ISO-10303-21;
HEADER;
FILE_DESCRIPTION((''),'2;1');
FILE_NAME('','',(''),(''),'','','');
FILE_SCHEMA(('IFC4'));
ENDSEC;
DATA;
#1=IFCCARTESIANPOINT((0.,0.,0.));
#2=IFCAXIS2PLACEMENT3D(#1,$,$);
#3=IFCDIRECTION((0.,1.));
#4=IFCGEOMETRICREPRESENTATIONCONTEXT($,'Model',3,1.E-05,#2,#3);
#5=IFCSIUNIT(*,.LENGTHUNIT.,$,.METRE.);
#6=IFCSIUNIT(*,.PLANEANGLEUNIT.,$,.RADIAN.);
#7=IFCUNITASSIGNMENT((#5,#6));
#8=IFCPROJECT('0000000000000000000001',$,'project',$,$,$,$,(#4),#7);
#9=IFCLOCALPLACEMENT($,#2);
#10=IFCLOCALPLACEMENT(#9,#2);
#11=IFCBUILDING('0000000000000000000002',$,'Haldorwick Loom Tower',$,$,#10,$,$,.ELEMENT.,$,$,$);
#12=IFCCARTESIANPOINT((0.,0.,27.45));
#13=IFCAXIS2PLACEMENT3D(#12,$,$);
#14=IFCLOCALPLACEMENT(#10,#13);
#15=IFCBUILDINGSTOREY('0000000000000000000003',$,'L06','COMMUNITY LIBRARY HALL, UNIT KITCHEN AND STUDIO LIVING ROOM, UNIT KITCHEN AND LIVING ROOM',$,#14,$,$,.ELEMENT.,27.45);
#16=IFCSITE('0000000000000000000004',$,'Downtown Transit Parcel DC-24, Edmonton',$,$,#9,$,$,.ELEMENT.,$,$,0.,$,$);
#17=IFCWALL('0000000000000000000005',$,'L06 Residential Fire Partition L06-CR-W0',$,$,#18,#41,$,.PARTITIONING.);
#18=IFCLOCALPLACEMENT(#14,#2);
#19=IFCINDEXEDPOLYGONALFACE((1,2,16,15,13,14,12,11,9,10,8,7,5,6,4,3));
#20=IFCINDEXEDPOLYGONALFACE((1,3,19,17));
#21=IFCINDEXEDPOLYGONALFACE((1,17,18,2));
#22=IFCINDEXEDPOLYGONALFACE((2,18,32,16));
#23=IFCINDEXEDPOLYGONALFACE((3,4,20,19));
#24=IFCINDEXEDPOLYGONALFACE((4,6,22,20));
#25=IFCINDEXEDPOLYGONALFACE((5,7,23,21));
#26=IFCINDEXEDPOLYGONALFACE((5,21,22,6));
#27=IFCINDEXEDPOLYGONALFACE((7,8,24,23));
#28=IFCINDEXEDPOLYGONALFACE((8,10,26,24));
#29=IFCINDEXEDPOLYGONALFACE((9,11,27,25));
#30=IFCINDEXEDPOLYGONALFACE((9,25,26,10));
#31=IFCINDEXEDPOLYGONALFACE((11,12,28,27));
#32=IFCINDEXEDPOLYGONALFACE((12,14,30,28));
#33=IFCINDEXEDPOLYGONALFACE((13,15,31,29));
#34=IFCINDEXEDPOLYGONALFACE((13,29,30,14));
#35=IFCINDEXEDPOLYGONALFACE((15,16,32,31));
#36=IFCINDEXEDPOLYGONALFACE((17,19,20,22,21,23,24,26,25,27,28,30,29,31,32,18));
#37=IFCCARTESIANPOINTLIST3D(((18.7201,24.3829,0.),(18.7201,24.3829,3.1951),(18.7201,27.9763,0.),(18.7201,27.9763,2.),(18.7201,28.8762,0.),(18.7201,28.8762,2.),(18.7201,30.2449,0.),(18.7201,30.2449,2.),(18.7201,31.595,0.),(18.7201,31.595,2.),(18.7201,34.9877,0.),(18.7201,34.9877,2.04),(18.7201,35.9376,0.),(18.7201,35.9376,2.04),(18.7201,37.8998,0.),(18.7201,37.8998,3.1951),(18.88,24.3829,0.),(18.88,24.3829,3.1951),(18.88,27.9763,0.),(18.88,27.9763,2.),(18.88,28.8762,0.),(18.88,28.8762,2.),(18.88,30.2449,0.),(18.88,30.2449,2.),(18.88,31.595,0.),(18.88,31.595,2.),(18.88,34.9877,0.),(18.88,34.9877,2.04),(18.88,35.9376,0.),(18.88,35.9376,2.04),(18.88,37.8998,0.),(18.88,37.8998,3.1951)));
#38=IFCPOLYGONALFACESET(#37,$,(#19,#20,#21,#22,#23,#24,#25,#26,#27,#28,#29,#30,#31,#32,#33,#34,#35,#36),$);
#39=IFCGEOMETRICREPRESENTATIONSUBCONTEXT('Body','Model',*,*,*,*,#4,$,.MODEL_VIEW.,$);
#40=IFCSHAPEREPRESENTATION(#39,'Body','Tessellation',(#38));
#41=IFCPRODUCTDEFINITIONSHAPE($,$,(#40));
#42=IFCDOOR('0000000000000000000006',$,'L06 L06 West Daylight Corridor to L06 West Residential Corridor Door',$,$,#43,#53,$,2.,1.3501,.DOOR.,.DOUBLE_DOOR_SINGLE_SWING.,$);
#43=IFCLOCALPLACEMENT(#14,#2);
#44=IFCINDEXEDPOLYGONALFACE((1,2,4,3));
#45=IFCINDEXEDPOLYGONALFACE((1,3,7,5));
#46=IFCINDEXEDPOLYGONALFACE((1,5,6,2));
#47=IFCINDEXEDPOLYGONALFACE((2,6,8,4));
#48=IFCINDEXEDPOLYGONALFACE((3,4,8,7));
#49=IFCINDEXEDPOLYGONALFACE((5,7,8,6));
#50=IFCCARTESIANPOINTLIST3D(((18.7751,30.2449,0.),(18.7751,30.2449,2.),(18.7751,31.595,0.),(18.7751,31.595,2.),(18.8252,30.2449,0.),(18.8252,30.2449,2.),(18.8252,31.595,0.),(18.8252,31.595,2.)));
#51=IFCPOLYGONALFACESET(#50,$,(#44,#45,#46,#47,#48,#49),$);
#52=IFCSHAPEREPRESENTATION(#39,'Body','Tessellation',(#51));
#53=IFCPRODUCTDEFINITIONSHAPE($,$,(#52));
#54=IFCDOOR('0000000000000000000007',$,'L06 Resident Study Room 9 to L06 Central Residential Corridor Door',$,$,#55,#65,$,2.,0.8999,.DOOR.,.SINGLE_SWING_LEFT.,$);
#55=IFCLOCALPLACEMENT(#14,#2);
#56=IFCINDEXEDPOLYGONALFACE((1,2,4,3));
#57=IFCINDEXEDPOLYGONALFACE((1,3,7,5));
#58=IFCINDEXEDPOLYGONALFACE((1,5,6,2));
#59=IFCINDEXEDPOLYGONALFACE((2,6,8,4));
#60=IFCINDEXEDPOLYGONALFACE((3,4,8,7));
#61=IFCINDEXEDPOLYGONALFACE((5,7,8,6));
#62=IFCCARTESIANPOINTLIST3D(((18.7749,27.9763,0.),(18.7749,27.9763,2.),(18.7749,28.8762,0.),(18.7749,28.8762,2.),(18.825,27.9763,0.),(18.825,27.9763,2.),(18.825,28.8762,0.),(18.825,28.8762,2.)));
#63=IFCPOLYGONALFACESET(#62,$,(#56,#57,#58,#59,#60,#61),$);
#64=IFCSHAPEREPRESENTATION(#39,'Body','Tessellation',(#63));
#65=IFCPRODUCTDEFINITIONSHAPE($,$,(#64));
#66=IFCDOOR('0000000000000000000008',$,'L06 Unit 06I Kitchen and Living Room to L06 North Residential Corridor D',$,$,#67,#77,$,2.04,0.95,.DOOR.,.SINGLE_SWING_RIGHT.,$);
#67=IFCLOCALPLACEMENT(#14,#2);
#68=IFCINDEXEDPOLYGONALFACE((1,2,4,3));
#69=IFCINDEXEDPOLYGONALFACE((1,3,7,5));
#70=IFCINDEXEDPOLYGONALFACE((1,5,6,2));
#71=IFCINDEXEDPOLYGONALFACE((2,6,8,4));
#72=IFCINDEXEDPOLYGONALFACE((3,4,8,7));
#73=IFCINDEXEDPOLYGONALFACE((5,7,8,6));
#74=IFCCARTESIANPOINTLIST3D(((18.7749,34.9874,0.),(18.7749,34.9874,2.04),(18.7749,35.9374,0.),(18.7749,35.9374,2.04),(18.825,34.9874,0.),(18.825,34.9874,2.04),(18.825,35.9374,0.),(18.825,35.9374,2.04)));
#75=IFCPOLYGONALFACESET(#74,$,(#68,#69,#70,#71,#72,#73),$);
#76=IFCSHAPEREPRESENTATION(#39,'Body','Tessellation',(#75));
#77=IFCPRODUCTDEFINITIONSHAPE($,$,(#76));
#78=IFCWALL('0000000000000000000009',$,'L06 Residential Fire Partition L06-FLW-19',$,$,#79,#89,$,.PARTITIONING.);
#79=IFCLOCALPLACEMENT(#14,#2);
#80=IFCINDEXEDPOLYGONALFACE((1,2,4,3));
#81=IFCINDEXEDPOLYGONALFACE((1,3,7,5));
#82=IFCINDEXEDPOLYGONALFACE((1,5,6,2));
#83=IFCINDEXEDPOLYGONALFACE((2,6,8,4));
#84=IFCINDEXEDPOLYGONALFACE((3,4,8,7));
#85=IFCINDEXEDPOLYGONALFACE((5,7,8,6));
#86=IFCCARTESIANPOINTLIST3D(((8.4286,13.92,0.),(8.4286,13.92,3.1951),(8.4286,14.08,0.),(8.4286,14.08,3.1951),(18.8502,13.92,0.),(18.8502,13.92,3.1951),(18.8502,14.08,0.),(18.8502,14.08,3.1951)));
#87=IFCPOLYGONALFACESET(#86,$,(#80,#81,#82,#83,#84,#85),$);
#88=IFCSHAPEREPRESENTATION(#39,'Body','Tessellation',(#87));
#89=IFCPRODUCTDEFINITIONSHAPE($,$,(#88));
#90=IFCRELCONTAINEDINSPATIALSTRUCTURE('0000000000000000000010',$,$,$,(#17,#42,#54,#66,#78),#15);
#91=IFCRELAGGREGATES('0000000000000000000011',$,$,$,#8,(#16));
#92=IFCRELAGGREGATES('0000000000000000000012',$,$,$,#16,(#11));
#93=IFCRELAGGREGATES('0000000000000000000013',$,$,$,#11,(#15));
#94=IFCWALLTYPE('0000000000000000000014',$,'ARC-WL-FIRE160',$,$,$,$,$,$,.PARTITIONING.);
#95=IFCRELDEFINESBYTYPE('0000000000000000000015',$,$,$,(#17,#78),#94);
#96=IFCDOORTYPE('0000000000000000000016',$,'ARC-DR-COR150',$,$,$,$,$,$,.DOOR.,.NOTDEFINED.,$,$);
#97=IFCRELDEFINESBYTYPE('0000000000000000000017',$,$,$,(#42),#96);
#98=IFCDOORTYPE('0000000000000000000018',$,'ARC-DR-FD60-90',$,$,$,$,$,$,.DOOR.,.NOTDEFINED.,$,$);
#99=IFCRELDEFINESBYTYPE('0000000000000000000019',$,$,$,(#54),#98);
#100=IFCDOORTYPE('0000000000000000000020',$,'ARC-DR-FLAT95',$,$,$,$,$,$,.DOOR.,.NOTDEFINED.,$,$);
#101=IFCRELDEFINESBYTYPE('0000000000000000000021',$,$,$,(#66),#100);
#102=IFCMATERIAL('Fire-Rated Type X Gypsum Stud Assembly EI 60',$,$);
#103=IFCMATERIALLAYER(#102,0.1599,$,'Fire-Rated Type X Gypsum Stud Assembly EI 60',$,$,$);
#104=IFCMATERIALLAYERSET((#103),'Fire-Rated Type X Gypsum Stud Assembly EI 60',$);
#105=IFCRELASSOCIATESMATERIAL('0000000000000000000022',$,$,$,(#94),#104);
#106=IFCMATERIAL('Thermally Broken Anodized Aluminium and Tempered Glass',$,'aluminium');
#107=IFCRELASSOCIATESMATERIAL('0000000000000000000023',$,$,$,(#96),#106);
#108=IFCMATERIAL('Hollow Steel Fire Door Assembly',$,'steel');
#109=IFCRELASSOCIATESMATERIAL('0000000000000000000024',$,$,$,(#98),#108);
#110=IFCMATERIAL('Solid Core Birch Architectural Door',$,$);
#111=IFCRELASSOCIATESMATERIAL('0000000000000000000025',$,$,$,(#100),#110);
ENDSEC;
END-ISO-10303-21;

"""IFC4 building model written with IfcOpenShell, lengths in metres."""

from ifc_helpers import new_model, si_unit, direction, frame, frame_2d, origin, place, context, subcontext, project, spatial, rectangle, extrude, material, layer, layer_set, type_object, element, fill, save


model = new_model("IFC4")

# Units and contexts
model_context = context("Model", 3, precision=1e-05, world=origin(), true_north=direction((0.0, 1.0)))
body_context = subcontext(model_context, "Body", "Model", "MODEL_VIEW")
ifc_project = project(units=[si_unit("LENGTHUNIT", "METRE"), si_unit("PLANEANGLEUNIT", "RADIAN")], contexts=[model_context])

# Site, building, storey
site_placement = place(None, origin())
site = spatial("IfcSite", under=ifc_project, at=site_placement, Name="Downtown Transit Parcel DC-24, Edmonton", CompositionType="ELEMENT", RefElevation=0.0)
building_placement = place(site_placement, origin())
building = spatial("IfcBuilding", under=site, at=building_placement, Name="Haldorwick Loom Tower", CompositionType="ELEMENT")
storey_placement = place(building_placement, frame((0.0, 0.0, 27.45)))
storey = spatial("IfcBuildingStorey", under=building, at=storey_placement, Name="L06", Description="COMMUNITY LIBRARY HALL, UNIT KITCHEN AND STUDIO LIVING ROOM, UNIT KITCHEN AND LIVING ROOM", CompositionType="ELEMENT", Elevation=27.45)

# Wall, openings, doors
ifc_material_1 = material(Name="Fire-Rated Type X Gypsum Stud Assembly EI 60")
ifc_layer_1 = layer(ifc_material_1, 0.1599, Name="Fire-Rated Type X Gypsum Stud Assembly EI 60")
ifc_layer_set_1 = layer_set([ifc_layer_1], Name="Fire-Rated Type X Gypsum Stud Assembly EI 60")
wall_type_1 = type_object("IfcWallType", Name="ARC-WL-FIRE160", PredefinedType="PARTITIONING", material=ifc_layer_set_1)
ifc_material_2 = material(Name="Thermally Broken Anodized Aluminium and Tempered Glass", Category="aluminium")
door_type_1 = type_object("IfcDoorType", Name="ARC-DR-COR150", OperationType="NOTDEFINED", PredefinedType="DOOR", material=ifc_material_2)
ifc_material_3 = material(Name="Hollow Steel Fire Door Assembly", Category="steel")
door_type_2 = type_object("IfcDoorType", Name="ARC-DR-FD60-90", OperationType="NOTDEFINED", PredefinedType="DOOR", material=ifc_material_3)
wall_1_placement = place(storey_placement, frame((18.8, 24.3831, 0.0), z_axis=(0.0, 0.0, 1.0), x_axis=(0.0, 1.0, 0.0)))
wall_1 = element("IfcWall", 1, at=wall_1_placement, inside=storey, type_object=wall_type_1, Name="L06 Residential Fire Partition L06-CR-W0", PredefinedType="PARTITIONING", context=body_context, shape_type="SweptSolid", body=[
    extrude(rectangle(XDim=13.5168, YDim=0.1599, at=frame_2d((6.7583, 0.0))), origin(), (0.0, 0.0, 1.0), 3.1951),
])
opening_1_placement = place(wall_1_placement, frame((5.8618, 0.0, 0.0)))
opening_1 = element("IfcOpeningElement", 2, at=opening_1_placement, cuts=wall_1, PredefinedType="OPENING", context=body_context, shape_type="SweptSolid", body=[
    extrude(rectangle(XDim=1.3501, YDim=2.0, at=frame_2d((0.675, 1.0))), frame((0.0, 0.0898, 0.0), z_axis=(0.0, -1.0, 0.0), x_axis=(1.0, 0.0, 0.0)), (0.0, 0.0, 1.0), 0.1799),
])
opening_2_placement = place(wall_1_placement, frame((10.6045, 0.0, 0.0)))
opening_2 = element("IfcOpeningElement", 3, at=opening_2_placement, cuts=wall_1, PredefinedType="OPENING", context=body_context, shape_type="SweptSolid", body=[
    extrude(rectangle(XDim=0.95, YDim=2.04, at=frame_2d((0.4751, 1.02))), frame((0.0, 0.0898, 0.0), z_axis=(0.0, -1.0, 0.0), x_axis=(1.0, 0.0, 0.0)), (0.0, 0.0, 1.0), 0.1799),
])
opening_3_placement = place(wall_1_placement, frame((3.5933, 0.0, 0.0)))
opening_3 = element("IfcOpeningElement", 4, at=opening_3_placement, cuts=wall_1, PredefinedType="OPENING", context=body_context, shape_type="SweptSolid", body=[
    extrude(rectangle(XDim=0.8999, YDim=2.0, at=frame_2d((0.45, 1.0))), frame((0.0, 0.0898, 0.0), z_axis=(0.0, -1.0, 0.0), x_axis=(1.0, 0.0, 0.0)), (0.0, 0.0, 1.0), 0.1799),
])
door_1_placement = place(opening_1_placement, origin())
door_1 = element("IfcDoor", 5, at=door_1_placement, inside=storey, type_object=door_type_1, Name="L06 L06 West Daylight Corridor to L06 West Residential Corridor Door", OperationType="DOUBLE_DOOR_SINGLE_SWING", OverallHeight=2.0, OverallWidth=1.3501, PredefinedType="DOOR", context=body_context, shape_type="SweptSolid", body=[
    extrude(rectangle(XDim=1.3501, YDim=2.0, at=frame_2d((0.675, 1.0))), frame((0.0, 0.0249, 0.0), z_axis=(0.0, -1.0, 0.0), x_axis=(1.0, 0.0, 0.0)), (0.0, 0.0, 1.0), 0.05),
])
fill(opening_1, door_1)
door_2_placement = place(opening_3_placement, frame((0.8999, 0.0, 0.0), z_axis=(0.0, 0.0, 1.0), x_axis=(-1.0, 0.0, 0.0)))
door_2 = element("IfcDoor", 6, at=door_2_placement, inside=storey, type_object=door_type_2, Name="L06 Resident Study Room 9 to L06 Central Residential Corridor Door", OperationType="SINGLE_SWING_LEFT", OverallHeight=2.0, OverallWidth=0.8999, PredefinedType="DOOR", context=body_context, shape_type="SweptSolid", body=[
    extrude(rectangle(XDim=0.8999, YDim=2.0, at=frame_2d((0.45, 1.0))), frame((0.0, 0.0249, 0.0), z_axis=(0.0, -1.0, 0.0), x_axis=(1.0, 0.0, 0.0)), (0.0, 0.0, 1.0), 0.05),
])
fill(opening_3, door_2)
ifc_material_4 = material(Name="Solid Core Birch Architectural Door")
door_type_3 = type_object("IfcDoorType", Name="ARC-DR-FLAT95", OperationType="NOTDEFINED", PredefinedType="DOOR", material=ifc_material_4)
door_3_placement = place(opening_2_placement, frame((0.95, 0.0, 0.0), z_axis=(0.0, 0.0, 1.0), x_axis=(-1.0, 0.0, 0.0)))
door_3 = element("IfcDoor", 7, at=door_3_placement, inside=storey, type_object=door_type_3, Name="L06 Unit 06I Kitchen and Living Room to L06 North Residential Corridor D", OperationType="SINGLE_SWING_RIGHT", OverallHeight=2.04, OverallWidth=0.95, PredefinedType="DOOR", context=body_context, shape_type="SweptSolid", body=[
    extrude(rectangle(XDim=0.95, YDim=2.04, at=frame_2d((0.4751, 1.02))), frame((0.0, 0.0249, 0.0), z_axis=(0.0, -1.0, 0.0), x_axis=(1.0, 0.0, 0.0)), (0.0, 0.0, 1.0), 0.05),
])
fill(opening_2, door_3)

# Wall
wall_2_placement = place(storey_placement, frame((8.4285, 14.0, 0.0), z_axis=(0.0, 0.0, 1.0), x_axis=(1.0, 0.0, 0.0)))
element("IfcWall", 8, at=wall_2_placement, inside=storey, type_object=wall_type_1, Name="L06 Residential Fire Partition L06-FLW-19", PredefinedType="PARTITIONING", context=body_context, shape_type="SweptSolid", body=[
    extrude(rectangle(XDim=10.4216, YDim=0.1599, at=frame_2d((5.2109, 0.0))), origin(), (0.0, 0.0, 1.0), 3.1951),
])

save(model, "model.ifc")
